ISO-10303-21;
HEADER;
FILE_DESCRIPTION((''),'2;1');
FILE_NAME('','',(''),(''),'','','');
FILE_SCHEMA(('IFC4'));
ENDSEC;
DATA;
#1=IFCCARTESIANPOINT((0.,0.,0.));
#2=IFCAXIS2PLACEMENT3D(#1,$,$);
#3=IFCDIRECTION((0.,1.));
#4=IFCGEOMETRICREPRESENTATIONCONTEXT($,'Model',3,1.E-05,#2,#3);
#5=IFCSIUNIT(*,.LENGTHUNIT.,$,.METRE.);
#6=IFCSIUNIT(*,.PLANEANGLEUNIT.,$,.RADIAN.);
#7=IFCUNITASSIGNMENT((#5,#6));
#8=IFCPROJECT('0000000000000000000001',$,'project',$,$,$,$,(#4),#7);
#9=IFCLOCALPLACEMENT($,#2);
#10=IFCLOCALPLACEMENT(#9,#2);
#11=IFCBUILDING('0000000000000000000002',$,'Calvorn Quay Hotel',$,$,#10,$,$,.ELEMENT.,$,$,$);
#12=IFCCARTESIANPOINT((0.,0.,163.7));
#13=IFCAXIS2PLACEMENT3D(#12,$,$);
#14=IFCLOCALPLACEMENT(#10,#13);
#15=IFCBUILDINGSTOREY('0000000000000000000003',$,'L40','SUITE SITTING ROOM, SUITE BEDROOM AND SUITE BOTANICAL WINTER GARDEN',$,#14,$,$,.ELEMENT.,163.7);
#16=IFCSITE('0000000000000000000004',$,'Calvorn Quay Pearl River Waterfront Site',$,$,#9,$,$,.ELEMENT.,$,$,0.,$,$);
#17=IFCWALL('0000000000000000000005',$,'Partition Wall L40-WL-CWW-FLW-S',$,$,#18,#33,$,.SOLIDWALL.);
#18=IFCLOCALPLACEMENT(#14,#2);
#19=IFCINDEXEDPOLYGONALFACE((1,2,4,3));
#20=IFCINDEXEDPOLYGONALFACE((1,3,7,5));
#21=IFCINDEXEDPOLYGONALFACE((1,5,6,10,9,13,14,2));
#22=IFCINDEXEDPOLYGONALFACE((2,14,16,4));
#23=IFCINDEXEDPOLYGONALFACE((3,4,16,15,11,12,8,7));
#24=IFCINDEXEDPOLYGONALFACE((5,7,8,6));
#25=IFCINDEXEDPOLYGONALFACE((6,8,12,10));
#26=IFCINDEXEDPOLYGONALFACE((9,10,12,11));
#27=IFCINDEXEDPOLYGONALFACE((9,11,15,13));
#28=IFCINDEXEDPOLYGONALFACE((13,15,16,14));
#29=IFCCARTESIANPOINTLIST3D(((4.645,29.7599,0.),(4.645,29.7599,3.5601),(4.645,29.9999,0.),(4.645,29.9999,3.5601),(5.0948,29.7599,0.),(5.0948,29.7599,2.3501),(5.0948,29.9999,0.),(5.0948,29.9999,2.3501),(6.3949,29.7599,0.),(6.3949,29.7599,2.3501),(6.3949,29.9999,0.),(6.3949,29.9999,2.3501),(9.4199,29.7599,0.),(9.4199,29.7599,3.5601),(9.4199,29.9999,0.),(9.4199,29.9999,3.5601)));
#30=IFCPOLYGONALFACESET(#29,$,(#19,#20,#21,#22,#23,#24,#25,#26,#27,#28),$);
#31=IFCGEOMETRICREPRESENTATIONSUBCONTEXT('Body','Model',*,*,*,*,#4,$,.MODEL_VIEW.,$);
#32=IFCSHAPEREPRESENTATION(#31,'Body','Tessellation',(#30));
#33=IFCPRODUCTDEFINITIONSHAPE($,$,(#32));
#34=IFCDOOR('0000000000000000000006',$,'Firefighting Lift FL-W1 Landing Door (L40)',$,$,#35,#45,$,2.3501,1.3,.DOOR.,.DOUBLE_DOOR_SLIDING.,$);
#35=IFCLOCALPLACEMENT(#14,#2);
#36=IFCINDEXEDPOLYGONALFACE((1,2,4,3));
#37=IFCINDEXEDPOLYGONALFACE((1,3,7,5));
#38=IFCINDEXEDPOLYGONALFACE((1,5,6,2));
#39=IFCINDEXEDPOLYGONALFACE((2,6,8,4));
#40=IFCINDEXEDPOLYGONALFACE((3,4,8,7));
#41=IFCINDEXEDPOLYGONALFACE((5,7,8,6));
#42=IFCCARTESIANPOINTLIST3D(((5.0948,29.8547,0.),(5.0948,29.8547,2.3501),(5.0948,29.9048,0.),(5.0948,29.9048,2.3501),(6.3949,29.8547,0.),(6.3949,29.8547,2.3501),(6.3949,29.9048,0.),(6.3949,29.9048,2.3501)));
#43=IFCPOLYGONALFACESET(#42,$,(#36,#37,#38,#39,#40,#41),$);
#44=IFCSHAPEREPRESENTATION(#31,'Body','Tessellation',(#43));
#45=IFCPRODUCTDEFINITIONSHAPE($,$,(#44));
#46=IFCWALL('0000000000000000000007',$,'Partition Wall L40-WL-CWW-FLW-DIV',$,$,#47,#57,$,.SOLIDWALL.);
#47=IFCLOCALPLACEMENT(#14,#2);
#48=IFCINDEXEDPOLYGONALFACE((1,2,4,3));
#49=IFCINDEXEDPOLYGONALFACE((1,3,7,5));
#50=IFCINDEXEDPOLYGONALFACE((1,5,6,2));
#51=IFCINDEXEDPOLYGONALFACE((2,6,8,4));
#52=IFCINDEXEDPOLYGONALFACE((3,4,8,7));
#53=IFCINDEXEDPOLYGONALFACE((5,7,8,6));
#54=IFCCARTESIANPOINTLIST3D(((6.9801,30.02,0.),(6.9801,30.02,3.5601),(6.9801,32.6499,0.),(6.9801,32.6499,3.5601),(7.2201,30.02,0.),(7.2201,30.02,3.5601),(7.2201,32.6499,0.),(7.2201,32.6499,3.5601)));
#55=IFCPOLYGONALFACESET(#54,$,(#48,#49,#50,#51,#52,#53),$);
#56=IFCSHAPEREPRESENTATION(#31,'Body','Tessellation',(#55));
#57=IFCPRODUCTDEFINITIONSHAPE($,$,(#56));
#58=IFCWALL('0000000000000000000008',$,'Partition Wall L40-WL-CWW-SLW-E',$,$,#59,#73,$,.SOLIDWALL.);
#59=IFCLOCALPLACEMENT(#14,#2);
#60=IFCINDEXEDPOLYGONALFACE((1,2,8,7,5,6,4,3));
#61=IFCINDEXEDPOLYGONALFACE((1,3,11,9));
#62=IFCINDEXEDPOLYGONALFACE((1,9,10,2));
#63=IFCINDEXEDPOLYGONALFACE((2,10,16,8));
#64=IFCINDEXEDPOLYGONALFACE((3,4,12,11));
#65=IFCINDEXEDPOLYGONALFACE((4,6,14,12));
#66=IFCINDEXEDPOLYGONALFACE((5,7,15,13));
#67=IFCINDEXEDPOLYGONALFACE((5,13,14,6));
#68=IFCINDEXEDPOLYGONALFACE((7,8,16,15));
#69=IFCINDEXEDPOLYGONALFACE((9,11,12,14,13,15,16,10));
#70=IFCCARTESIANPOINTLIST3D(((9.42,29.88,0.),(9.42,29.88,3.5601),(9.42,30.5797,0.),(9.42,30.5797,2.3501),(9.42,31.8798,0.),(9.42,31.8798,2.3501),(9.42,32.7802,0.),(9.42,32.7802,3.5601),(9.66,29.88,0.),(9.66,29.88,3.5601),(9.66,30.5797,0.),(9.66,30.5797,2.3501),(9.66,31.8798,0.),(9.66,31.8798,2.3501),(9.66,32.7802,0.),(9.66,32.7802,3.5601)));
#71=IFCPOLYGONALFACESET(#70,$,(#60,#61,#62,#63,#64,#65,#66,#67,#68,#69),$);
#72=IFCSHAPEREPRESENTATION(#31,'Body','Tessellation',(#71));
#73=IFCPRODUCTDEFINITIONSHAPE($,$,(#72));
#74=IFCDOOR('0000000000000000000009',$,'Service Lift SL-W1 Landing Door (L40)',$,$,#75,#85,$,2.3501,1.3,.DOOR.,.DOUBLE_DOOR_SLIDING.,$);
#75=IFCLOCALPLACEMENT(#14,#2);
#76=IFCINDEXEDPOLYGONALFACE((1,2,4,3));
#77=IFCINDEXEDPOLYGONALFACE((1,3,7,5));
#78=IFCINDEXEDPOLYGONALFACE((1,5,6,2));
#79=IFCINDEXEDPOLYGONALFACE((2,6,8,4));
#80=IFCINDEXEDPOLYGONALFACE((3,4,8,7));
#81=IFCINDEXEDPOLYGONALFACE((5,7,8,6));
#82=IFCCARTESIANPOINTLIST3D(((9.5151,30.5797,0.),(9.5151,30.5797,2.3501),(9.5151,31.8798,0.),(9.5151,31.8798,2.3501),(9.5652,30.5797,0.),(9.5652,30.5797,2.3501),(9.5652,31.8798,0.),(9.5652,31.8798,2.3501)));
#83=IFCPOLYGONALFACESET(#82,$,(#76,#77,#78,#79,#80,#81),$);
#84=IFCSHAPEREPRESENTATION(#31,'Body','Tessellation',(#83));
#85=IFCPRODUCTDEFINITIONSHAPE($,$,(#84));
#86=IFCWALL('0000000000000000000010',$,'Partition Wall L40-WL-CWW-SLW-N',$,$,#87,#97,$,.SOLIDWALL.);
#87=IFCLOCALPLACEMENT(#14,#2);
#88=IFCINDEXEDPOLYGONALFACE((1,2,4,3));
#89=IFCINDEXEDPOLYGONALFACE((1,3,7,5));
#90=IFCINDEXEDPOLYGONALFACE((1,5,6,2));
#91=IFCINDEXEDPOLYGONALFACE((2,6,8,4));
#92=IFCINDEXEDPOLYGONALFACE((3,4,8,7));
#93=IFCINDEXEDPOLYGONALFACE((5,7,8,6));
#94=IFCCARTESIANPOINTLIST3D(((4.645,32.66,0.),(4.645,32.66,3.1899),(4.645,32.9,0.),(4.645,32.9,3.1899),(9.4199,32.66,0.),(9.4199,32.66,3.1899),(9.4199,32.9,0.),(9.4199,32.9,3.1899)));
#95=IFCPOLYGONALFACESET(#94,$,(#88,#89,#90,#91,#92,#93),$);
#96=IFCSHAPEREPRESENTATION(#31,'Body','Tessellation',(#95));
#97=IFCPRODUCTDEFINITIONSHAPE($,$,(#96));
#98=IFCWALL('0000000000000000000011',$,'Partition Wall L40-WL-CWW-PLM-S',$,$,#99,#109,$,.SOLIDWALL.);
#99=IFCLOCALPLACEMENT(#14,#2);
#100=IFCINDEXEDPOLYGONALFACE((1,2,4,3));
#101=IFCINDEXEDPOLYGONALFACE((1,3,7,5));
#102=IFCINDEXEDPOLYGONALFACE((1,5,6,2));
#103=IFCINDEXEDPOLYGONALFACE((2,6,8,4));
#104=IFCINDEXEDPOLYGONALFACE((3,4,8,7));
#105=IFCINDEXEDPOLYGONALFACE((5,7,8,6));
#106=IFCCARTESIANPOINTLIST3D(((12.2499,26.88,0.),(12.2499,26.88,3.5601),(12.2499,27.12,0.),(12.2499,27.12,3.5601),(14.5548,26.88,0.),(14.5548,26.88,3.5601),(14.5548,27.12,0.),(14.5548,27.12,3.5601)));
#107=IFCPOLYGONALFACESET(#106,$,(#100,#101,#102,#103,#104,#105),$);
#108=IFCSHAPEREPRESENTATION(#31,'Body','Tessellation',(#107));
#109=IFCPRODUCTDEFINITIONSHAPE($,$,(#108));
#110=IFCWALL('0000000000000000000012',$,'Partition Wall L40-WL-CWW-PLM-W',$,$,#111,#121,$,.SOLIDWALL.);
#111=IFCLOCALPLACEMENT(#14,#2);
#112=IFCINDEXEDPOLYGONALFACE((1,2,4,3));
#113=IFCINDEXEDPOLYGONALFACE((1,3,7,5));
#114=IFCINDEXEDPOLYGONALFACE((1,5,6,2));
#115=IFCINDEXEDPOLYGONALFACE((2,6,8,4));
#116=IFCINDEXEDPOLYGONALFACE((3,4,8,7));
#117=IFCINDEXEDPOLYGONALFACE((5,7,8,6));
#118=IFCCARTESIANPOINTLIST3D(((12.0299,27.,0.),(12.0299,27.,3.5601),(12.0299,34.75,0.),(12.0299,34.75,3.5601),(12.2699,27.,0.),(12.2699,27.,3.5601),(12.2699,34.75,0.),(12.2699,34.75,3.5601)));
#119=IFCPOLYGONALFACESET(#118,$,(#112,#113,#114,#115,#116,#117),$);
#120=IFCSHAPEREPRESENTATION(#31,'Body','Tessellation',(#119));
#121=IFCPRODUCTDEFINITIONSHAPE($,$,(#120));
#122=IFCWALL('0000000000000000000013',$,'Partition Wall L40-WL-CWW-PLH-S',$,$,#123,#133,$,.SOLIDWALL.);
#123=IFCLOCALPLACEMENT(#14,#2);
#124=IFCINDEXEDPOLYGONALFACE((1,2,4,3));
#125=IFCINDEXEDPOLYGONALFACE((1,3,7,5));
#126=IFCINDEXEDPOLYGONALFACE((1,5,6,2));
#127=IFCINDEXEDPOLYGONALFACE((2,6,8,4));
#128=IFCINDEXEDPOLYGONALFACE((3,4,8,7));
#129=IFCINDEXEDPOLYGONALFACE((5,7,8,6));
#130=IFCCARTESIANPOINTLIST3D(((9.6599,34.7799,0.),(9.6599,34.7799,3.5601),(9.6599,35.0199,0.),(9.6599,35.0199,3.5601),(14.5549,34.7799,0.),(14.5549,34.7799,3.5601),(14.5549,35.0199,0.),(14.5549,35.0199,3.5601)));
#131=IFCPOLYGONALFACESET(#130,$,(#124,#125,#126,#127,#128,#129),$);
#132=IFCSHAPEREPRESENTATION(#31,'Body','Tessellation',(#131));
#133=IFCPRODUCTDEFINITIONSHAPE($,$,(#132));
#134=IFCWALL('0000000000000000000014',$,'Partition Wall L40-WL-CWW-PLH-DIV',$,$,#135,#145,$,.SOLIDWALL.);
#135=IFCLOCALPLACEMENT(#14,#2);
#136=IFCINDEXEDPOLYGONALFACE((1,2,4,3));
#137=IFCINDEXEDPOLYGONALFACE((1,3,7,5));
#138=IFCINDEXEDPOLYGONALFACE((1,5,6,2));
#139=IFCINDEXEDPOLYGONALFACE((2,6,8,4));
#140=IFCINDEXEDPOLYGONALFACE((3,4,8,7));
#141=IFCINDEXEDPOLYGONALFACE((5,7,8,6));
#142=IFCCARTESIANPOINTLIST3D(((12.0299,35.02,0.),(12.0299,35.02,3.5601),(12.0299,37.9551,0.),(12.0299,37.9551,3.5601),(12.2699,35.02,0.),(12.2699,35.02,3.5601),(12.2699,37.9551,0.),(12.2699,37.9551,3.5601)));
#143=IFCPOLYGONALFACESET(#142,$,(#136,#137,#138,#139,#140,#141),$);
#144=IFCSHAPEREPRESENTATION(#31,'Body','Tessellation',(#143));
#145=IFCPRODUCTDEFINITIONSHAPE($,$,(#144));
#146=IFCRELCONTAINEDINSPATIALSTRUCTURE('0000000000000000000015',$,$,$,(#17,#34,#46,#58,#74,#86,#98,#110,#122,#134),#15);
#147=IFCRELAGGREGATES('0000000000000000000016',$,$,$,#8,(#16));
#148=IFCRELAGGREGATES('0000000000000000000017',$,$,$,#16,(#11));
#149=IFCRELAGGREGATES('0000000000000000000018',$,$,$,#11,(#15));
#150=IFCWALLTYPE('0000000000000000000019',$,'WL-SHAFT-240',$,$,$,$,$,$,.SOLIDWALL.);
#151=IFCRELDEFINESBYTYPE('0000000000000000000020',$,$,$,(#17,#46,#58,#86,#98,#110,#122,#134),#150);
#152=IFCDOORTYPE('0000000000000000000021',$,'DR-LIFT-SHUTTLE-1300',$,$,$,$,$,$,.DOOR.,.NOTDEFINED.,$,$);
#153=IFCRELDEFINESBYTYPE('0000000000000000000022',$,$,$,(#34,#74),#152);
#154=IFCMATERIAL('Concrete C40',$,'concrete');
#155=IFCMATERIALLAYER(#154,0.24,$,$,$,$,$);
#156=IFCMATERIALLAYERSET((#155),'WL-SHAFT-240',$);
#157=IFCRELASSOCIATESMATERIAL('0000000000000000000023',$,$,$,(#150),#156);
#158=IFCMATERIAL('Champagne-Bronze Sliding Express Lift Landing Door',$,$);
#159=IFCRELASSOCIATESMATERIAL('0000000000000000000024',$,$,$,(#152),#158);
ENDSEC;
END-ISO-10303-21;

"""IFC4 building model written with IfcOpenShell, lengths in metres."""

from ifc_helpers import new_model, si_unit, direction, frame, frame_2d, origin, place, context, subcontext, project, spatial, rectangle, extrude, material, layer, layer_set, type_object, element, fill, save


model = new_model("IFC4")

# Units and contexts
model_context = context("Model", 3, precision=1e-05, world=origin(), true_north=direction((0.0, 1.0)))
body_context = subcontext(model_context, "Body", "Model", "MODEL_VIEW")
ifc_project = project(units=[si_unit("LENGTHUNIT", "METRE"), si_unit("PLANEANGLEUNIT", "RADIAN")], contexts=[model_context])

# Site, building, storey
site_placement = place(None, origin())
site = spatial("IfcSite", under=ifc_project, at=site_placement, Name="Calvorn Quay Pearl River Waterfront Site", CompositionType="ELEMENT", RefElevation=0.0)
building_placement = place(site_placement, origin())
building = spatial("IfcBuilding", under=site, at=building_placement, Name="Calvorn Quay Hotel", CompositionType="ELEMENT")
storey_placement = place(building_placement, frame((0.0, 0.0, 163.7)))
storey = spatial("IfcBuildingStorey", under=building, at=storey_placement, Name="L40", Description="SUITE SITTING ROOM, SUITE BEDROOM AND SUITE BOTANICAL WINTER GARDEN", CompositionType="ELEMENT", Elevation=163.7)

# Shared definitions
ifc_material_1 = material(Name="Concrete C40", Category="concrete")
ifc_layer_1 = layer(ifc_material_1, 0.24)
ifc_layer_set_1 = layer_set([ifc_layer_1], Name="WL-SHAFT-240")
wall_type_1 = type_object("IfcWallType", Name="WL-SHAFT-240", PredefinedType="SOLIDWALL", material=ifc_layer_set_1)

# Wall, opening, door
wall_1_placement = place(storey_placement, frame((4.645, 29.8799, 0.0), z_axis=(0.0, 0.0, 1.0), x_axis=(1.0, 0.0, 0.0)))
wall_1 = element("IfcWall", 1, at=wall_1_placement, inside=storey, type_object=wall_type_1, Name="Partition Wall L40-WL-CWW-FLW-S", PredefinedType="SOLIDWALL", context=body_context, shape_type="SweptSolid", body=[
    extrude(rectangle(XDim=4.7749, YDim=0.24, at=frame_2d((2.3875, 0.0))), origin(), (0.0, 0.0, 1.0), 3.5601),
])
opening_1_placement = place(wall_1_placement, frame((0.45, 0.0, 0.0)))
opening_1 = element("IfcOpeningElement", 2, at=opening_1_placement, cuts=wall_1, PredefinedType="OPENING", context=body_context, shape_type="SweptSolid", body=[
    extrude(rectangle(XDim=1.3, YDim=2.3501, at=frame_2d((0.6499, 1.175))), frame((0.0, 0.1299, 0.0), z_axis=(0.0, -1.0, 0.0), x_axis=(1.0, 0.0, 0.0)), (0.0, 0.0, 1.0), 0.26),
])
ifc_material_2 = material(Name="Champagne-Bronze Sliding Express Lift Landing Door")
door_type_1 = type_object("IfcDoorType", Name="DR-LIFT-SHUTTLE-1300", OperationType="NOTDEFINED", PredefinedType="DOOR", material=ifc_material_2)
door_1_placement = place(opening_1_placement, origin())
door_1 = element("IfcDoor", 3, at=door_1_placement, inside=storey, type_object=door_type_1, Name="Firefighting Lift FL-W1 Landing Door (L40)", OperationType="DOUBLE_DOOR_SLIDING", OverallHeight=2.3501, OverallWidth=1.3, PredefinedType="DOOR", context=body_context, shape_type="SweptSolid", body=[
    extrude(rectangle(XDim=1.3, YDim=2.3501, at=frame_2d((0.6499, 1.175))), frame((0.0, 0.0249, 0.0), z_axis=(0.0, -1.0, 0.0), x_axis=(1.0, 0.0, 0.0)), (0.0, 0.0, 1.0), 0.05),
])
fill(opening_1, door_1)

# Wall
wall_2_placement = place(storey_placement, frame((7.1001, 30.02, 0.0), z_axis=(0.0, 0.0, 1.0), x_axis=(0.0, 1.0, 0.0)))
element("IfcWall", 4, at=wall_2_placement, inside=storey, type_object=wall_type_1, Name="Partition Wall L40-WL-CWW-FLW-DIV", PredefinedType="SOLIDWALL", context=body_context, shape_type="SweptSolid", body=[
    extrude(rectangle(XDim=2.6299, YDim=0.24, at=frame_2d((1.3149, 0.0))), origin(), (0.0, 0.0, 1.0), 3.5601),
])

# Wall, opening, door
wall_3_placement = place(storey_placement, frame((9.54, 29.8799, 0.0), z_axis=(0.0, 0.0, 1.0), x_axis=(0.0, 1.0, 0.0)))
wall_3 = element("IfcWall", 5, at=wall_3_placement, inside=storey, type_object=wall_type_1, Name="Partition Wall L40-WL-CWW-SLW-E", PredefinedType="SOLIDWALL", context=body_context, shape_type="SweptSolid", body=[
    extrude(rectangle(XDim=2.9001, YDim=0.24, at=frame_2d((1.4502, 0.0))), origin(), (0.0, 0.0, 1.0), 3.5601),
])
opening_2_placement = place(wall_3_placement, frame((0.7, 0.0, 0.0)))
opening_2 = element("IfcOpeningElement", 6, at=opening_2_placement, cuts=wall_3, PredefinedType="OPENING", context=body_context, shape_type="SweptSolid", body=[
    extrude(rectangle(XDim=1.3, YDim=2.3501, at=frame_2d((0.6499, 1.175))), frame((0.0, 0.1299, 0.0), z_axis=(0.0, -1.0, 0.0), x_axis=(1.0, 0.0, 0.0)), (0.0, 0.0, 1.0), 0.26),
])
door_2_placement = place(opening_2_placement, origin())
door_2 = element("IfcDoor", 7, at=door_2_placement, inside=storey, type_object=door_type_1, Name="Service Lift SL-W1 Landing Door (L40)", OperationType="DOUBLE_DOOR_SLIDING", OverallHeight=2.3501, OverallWidth=1.3, PredefinedType="DOOR", context=body_context, shape_type="SweptSolid", body=[
    extrude(rectangle(XDim=1.3, YDim=2.3501, at=frame_2d((0.6499, 1.175))), frame((0.0, 0.0249, 0.0), z_axis=(0.0, -1.0, 0.0), x_axis=(1.0, 0.0, 0.0)), (0.0, 0.0, 1.0), 0.05),
])
fill(opening_2, door_2)

# Walls
wall_4_placement = place(storey_placement, frame((4.645, 32.78, 0.0), z_axis=(0.0, 0.0, 1.0), x_axis=(1.0, 0.0, 0.0)))
element("IfcWall", 8, at=wall_4_placement, inside=storey, type_object=wall_type_1, Name="Partition Wall L40-WL-CWW-SLW-N", PredefinedType="SOLIDWALL", context=body_context, shape_type="SweptSolid", body=[
    extrude(rectangle(XDim=4.7749, YDim=0.24, at=frame_2d((2.3875, 0.0))), origin(), (0.0, 0.0, 1.0), 3.1899),
])
wall_5_placement = place(storey_placement, frame((12.25, 27.0, 0.0), z_axis=(0.0, 0.0, 1.0), x_axis=(1.0, 0.0, 0.0)))
element("IfcWall", 9, at=wall_5_placement, inside=storey, type_object=wall_type_1, Name="Partition Wall L40-WL-CWW-PLM-S", PredefinedType="SOLIDWALL", context=body_context, shape_type="SweptSolid", body=[
    extrude(rectangle(XDim=2.3049, YDim=0.24, at=frame_2d((1.1523, 0.0))), origin(), (0.0, 0.0, 1.0), 3.5601),
])
wall_6_placement = place(storey_placement, frame((12.1499, 27.0, 0.0), z_axis=(0.0, 0.0, 1.0), x_axis=(0.0, 1.0, 0.0)))
element("IfcWall", 10, at=wall_6_placement, inside=storey, type_object=wall_type_1, Name="Partition Wall L40-WL-CWW-PLM-W", PredefinedType="SOLIDWALL", context=body_context, shape_type="SweptSolid", body=[
    extrude(rectangle(XDim=7.75, YDim=0.24, at=frame_2d((3.875, 0.0))), origin(), (0.0, 0.0, 1.0), 3.5601),
])
wall_7_placement = place(storey_placement, frame((9.6599, 34.8999, 0.0), z_axis=(0.0, 0.0, 1.0), x_axis=(1.0, 0.0, 0.0)))
element("IfcWall", 11, at=wall_7_placement, inside=storey, type_object=wall_type_1, Name="Partition Wall L40-WL-CWW-PLH-S", PredefinedType="SOLIDWALL", context=body_context, shape_type="SweptSolid", body=[
    extrude(rectangle(XDim=4.895, YDim=0.24, at=frame_2d((2.4475, 0.0))), origin(), (0.0, 0.0, 1.0), 3.5601),
])
wall_8_placement = place(storey_placement, frame((12.1499, 35.02, 0.0), z_axis=(0.0, 0.0, 1.0), x_axis=(0.0, 1.0, 0.0)))
element("IfcWall", 12, at=wall_8_placement, inside=storey, type_object=wall_type_1, Name="Partition Wall L40-WL-CWW-PLH-DIV", PredefinedType="SOLIDWALL", context=body_context, shape_type="SweptSolid", body=[
    extrude(rectangle(XDim=2.9351, YDim=0.24, at=frame_2d((1.4675, 0.0))), origin(), (0.0, 0.0, 1.0), 3.5601),
])

save(model, "model.ifc")
